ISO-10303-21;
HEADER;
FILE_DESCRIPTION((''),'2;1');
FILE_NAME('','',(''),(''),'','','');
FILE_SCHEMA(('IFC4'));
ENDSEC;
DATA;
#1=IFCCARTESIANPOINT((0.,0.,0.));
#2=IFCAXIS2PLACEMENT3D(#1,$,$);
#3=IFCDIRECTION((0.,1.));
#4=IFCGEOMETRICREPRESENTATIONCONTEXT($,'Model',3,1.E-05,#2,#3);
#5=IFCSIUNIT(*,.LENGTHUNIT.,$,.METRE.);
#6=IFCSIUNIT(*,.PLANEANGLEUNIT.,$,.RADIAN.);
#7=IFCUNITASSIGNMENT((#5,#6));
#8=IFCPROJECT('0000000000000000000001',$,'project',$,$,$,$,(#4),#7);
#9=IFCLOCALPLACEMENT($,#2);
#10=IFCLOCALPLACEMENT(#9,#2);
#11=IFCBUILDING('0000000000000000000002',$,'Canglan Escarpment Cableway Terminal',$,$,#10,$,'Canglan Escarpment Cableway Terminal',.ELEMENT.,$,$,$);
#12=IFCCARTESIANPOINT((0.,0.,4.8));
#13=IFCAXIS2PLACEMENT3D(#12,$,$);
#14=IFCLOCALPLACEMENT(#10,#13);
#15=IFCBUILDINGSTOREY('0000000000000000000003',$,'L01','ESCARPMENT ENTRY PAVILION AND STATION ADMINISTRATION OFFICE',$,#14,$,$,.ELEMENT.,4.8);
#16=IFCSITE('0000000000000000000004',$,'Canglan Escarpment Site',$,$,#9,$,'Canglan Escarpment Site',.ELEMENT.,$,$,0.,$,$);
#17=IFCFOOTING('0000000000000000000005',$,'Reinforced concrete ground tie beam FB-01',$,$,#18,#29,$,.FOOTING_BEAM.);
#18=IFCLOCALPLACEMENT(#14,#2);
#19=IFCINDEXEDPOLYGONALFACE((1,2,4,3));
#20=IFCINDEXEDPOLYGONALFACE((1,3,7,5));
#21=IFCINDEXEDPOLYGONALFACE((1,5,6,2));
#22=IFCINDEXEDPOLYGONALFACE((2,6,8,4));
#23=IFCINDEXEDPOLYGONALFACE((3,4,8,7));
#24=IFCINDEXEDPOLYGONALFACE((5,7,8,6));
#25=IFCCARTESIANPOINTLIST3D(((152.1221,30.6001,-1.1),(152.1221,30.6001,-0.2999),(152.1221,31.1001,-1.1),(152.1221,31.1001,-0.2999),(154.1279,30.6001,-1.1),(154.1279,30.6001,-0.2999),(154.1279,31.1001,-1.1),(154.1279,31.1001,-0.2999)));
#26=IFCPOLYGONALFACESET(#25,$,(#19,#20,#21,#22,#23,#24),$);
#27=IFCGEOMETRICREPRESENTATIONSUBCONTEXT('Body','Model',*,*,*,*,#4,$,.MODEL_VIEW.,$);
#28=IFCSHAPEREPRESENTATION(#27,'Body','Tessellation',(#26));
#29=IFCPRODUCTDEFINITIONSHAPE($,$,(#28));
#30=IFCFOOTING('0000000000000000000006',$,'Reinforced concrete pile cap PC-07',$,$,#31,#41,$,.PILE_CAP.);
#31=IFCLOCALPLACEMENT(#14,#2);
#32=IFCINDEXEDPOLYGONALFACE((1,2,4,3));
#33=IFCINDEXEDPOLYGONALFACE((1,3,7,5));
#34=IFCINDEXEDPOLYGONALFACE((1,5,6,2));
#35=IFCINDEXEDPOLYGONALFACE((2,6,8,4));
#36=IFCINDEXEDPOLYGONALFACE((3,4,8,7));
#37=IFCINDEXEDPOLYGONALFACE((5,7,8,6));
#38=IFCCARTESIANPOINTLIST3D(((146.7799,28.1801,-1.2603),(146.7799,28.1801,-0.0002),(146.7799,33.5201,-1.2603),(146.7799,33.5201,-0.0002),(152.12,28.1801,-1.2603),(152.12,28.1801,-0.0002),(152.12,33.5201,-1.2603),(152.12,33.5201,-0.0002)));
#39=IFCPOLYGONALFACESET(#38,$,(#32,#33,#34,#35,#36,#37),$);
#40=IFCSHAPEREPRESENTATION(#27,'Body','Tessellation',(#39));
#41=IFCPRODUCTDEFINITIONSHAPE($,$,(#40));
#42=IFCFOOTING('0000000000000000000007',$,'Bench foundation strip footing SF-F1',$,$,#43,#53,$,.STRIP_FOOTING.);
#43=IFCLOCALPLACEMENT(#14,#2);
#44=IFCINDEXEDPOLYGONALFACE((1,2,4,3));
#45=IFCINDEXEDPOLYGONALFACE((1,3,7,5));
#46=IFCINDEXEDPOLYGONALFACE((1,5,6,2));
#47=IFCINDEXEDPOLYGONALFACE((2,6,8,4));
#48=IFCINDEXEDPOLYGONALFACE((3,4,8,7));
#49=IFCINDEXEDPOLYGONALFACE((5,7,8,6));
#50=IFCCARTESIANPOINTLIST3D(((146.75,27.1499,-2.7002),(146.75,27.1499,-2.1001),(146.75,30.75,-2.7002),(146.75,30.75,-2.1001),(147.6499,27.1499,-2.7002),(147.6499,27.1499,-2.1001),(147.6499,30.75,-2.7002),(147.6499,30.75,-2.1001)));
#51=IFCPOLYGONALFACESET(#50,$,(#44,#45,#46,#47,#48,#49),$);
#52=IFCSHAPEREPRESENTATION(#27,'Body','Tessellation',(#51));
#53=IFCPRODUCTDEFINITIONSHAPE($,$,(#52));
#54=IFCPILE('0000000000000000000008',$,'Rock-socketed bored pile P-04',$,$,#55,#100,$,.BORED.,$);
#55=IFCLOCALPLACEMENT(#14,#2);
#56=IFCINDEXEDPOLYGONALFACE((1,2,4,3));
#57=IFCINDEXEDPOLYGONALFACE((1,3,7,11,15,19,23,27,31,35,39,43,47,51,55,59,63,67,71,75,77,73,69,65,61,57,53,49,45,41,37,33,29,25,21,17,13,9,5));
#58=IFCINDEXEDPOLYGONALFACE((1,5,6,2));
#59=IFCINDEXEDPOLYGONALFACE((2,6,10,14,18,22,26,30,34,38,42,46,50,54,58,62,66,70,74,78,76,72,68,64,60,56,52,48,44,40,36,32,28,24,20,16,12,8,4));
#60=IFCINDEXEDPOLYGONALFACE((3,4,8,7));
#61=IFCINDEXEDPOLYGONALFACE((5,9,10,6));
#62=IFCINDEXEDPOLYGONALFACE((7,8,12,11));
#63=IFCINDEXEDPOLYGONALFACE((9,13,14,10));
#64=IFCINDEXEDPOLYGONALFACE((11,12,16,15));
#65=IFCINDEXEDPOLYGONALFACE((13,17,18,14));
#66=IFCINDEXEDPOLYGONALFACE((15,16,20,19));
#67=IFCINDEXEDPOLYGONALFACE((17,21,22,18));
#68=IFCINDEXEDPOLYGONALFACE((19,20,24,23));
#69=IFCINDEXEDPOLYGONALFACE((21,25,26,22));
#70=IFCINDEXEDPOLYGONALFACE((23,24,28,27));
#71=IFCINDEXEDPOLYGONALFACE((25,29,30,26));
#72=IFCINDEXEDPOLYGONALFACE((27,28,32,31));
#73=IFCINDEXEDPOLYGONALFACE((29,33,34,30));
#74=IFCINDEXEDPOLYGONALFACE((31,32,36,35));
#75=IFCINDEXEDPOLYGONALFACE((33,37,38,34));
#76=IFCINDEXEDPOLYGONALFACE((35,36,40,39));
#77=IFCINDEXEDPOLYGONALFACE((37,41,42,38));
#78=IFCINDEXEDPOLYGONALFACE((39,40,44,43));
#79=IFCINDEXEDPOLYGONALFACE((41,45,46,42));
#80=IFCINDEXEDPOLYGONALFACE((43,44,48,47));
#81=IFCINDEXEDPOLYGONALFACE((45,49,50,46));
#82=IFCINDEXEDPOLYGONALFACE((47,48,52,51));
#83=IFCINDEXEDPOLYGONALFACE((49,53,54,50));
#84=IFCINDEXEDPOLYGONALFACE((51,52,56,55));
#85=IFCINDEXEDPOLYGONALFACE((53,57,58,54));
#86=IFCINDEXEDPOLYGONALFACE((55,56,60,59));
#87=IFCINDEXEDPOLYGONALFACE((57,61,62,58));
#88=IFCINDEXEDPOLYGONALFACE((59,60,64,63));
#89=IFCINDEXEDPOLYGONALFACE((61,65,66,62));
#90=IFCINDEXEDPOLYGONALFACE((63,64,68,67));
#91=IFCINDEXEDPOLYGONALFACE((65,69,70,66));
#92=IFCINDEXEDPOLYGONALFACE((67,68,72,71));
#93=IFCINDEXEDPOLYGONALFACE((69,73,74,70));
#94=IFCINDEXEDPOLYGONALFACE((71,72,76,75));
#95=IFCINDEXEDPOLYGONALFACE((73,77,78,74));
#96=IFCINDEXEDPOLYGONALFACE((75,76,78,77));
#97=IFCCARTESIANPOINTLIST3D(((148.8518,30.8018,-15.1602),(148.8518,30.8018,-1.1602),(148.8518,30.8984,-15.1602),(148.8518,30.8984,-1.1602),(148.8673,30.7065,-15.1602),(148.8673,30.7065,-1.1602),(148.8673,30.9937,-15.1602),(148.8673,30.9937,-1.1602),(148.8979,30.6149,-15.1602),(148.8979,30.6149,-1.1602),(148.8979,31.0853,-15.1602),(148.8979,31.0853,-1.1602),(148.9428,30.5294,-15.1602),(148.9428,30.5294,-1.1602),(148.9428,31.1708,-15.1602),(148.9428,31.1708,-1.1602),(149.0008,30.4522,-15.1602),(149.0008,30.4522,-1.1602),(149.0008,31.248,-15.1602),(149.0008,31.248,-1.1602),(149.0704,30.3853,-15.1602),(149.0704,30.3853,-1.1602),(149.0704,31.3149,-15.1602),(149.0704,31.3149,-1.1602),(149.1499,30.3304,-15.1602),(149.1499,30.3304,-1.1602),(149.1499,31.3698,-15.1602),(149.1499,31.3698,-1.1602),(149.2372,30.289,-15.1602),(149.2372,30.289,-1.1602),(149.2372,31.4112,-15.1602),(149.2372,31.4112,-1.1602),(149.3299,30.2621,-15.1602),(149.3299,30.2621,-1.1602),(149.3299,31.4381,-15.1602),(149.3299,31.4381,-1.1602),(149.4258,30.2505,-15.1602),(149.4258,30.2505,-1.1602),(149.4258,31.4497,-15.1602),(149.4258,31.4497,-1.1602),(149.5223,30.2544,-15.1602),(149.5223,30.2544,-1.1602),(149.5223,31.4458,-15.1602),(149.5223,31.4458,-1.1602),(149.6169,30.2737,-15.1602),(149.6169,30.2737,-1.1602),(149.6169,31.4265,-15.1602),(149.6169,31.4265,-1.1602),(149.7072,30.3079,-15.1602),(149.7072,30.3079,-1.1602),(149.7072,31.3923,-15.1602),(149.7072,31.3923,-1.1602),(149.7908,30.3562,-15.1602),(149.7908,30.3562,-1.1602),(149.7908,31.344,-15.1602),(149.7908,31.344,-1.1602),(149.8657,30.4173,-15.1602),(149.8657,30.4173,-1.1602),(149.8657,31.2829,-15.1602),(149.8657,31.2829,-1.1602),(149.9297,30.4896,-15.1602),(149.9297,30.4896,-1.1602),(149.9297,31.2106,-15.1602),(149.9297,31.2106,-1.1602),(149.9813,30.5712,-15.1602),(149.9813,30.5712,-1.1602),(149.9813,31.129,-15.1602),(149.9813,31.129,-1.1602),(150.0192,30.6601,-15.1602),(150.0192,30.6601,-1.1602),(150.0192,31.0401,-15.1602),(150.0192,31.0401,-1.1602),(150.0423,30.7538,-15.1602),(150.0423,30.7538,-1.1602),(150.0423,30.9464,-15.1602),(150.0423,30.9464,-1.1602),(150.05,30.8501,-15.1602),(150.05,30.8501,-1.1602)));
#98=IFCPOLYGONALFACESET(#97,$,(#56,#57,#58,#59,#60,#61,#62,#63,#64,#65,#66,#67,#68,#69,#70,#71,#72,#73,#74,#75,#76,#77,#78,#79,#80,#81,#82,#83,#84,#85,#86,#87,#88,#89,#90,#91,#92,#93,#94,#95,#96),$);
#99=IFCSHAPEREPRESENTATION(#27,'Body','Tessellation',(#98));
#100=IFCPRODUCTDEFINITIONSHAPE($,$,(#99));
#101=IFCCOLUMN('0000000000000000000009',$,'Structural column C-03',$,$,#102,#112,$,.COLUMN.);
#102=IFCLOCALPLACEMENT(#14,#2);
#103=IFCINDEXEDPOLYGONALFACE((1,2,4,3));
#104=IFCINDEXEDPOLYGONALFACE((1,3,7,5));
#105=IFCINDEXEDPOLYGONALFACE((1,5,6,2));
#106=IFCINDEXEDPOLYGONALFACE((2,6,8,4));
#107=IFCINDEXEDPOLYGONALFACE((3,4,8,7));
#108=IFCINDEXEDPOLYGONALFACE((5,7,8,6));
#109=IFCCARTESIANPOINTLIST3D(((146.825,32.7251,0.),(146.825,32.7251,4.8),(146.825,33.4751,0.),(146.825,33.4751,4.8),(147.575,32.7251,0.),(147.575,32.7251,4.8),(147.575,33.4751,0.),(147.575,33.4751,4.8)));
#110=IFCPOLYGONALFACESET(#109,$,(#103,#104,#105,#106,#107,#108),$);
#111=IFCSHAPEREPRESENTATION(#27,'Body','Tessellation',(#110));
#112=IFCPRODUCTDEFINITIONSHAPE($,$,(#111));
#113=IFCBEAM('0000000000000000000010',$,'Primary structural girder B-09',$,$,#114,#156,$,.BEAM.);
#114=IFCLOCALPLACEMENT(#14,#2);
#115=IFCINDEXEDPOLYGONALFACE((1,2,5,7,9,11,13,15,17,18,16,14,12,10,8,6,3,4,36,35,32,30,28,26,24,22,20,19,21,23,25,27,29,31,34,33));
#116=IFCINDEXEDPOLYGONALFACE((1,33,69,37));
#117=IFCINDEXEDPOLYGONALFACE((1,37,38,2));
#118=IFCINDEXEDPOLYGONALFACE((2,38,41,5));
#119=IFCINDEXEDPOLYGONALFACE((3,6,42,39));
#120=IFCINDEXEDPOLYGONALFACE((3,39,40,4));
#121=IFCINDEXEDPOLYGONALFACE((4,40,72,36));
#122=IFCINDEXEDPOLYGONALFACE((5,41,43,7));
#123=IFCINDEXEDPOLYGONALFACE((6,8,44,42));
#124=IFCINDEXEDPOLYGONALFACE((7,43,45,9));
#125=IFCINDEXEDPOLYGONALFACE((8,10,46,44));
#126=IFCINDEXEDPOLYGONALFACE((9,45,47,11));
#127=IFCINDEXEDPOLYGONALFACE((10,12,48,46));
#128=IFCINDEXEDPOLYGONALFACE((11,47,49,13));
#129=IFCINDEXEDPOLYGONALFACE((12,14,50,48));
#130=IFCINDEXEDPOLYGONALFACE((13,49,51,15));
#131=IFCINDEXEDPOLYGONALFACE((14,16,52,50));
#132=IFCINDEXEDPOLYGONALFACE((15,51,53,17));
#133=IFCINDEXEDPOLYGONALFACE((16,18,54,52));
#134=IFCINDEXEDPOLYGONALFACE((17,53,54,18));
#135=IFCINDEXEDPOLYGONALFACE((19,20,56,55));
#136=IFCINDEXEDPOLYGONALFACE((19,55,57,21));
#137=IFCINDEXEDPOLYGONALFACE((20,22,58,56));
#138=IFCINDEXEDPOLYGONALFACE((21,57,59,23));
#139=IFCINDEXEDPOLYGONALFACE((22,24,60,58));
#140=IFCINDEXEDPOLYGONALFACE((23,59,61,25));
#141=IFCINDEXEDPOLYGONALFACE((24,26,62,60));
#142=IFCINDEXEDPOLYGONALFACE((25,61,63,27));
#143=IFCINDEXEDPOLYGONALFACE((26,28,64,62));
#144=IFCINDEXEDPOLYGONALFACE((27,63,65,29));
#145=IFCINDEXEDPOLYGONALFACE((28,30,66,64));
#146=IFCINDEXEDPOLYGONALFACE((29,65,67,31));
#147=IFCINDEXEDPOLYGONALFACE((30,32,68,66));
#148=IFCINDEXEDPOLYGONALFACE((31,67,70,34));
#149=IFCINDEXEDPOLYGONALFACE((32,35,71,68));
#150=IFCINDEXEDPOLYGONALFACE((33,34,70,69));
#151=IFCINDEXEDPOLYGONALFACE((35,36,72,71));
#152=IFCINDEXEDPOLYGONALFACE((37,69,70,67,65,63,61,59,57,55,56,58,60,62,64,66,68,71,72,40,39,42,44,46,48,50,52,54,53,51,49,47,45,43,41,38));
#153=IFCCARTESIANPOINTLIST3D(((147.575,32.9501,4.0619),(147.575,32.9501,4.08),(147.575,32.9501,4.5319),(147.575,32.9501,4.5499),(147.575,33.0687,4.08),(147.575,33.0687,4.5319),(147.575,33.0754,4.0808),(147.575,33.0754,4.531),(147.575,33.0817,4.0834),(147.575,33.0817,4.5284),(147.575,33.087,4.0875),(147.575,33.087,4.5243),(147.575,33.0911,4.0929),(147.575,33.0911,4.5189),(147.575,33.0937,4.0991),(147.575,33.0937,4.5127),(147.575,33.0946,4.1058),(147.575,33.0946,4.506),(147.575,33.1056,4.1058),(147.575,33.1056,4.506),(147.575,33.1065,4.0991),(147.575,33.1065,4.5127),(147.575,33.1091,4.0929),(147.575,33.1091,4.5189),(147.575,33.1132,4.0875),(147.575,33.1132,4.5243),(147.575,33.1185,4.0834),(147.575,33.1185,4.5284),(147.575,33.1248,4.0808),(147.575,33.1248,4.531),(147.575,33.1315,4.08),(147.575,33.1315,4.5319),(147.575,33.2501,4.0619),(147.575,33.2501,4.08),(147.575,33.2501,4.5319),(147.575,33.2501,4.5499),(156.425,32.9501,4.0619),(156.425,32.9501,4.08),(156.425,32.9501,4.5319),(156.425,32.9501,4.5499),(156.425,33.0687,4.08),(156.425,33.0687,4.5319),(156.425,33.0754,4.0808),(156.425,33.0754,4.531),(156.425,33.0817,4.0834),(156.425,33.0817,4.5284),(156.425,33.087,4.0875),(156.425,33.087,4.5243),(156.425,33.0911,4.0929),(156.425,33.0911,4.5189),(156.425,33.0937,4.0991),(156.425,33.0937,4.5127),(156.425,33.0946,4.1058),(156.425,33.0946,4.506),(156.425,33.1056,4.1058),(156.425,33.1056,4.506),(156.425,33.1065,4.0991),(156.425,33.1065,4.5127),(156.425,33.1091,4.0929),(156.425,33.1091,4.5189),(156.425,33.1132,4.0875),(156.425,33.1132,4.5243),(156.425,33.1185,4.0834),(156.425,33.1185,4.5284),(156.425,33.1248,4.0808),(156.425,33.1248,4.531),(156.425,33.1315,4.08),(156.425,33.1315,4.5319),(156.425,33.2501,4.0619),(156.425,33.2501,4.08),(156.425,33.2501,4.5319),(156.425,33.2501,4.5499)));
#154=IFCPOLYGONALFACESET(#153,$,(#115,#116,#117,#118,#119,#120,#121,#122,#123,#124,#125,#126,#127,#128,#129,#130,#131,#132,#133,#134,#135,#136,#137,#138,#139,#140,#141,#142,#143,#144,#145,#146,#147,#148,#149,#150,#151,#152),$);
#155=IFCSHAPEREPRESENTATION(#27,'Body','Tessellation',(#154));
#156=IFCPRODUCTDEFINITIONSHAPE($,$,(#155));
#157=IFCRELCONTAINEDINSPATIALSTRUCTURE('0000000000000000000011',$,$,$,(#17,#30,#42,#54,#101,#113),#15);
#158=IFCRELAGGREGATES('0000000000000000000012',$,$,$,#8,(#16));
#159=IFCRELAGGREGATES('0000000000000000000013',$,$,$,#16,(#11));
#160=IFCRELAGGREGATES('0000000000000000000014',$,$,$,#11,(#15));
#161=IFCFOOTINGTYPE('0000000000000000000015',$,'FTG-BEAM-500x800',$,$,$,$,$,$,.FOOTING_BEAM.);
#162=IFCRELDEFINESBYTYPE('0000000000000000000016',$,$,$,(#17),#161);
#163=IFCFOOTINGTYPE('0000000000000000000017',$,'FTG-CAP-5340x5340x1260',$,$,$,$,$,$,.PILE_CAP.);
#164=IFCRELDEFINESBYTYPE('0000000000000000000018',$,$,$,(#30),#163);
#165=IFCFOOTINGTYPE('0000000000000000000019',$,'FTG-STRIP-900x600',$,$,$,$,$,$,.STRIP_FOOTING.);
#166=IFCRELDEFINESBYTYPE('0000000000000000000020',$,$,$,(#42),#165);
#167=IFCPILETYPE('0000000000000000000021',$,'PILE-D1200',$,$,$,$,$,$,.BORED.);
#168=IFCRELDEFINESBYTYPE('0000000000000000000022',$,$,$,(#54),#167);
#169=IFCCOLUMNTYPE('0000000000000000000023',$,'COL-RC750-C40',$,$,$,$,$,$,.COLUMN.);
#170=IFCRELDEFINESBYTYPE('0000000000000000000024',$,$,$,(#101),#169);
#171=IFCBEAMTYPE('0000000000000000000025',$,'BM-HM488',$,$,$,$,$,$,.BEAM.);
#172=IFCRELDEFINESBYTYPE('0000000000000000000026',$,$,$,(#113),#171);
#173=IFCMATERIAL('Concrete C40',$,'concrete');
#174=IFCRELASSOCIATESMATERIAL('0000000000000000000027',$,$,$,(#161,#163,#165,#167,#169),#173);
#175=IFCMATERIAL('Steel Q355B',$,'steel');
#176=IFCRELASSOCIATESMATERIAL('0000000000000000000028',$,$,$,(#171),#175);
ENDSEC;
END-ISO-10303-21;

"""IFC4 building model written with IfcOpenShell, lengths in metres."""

from ifc_helpers import new_model, si_unit, direction, frame, origin, origin_2d, place, context, subcontext, project, spatial, rectangle, circle, i_section, extrude, material, material_profile, profile_set, type_object, element, save


model = new_model("IFC4")

# Units and contexts
model_context = context("Model", 3, precision=1e-05, world=origin(), true_north=direction((0.0, 1.0)))
body_context = subcontext(model_context, "Body", "Model", "MODEL_VIEW")
ifc_project = project(units=[si_unit("LENGTHUNIT", "METRE"), si_unit("PLANEANGLEUNIT", "RADIAN")], contexts=[model_context])

# Site, building, storey
site_placement = place(None, origin())
site = spatial("IfcSite", under=ifc_project, at=site_placement, Name="Canglan Escarpment Site", LongName="Canglan Escarpment Site", CompositionType="ELEMENT", RefElevation=0.0)
building_placement = place(site_placement, origin())
building = spatial("IfcBuilding", under=site, at=building_placement, Name="Canglan Escarpment Cableway Terminal", LongName="Canglan Escarpment Cableway Terminal", CompositionType="ELEMENT")
storey_placement = place(building_placement, frame((0.0, 0.0, 4.8)))
storey = spatial("IfcBuildingStorey", under=building, at=storey_placement, Name="L01", Description="ESCARPMENT ENTRY PAVILION AND STATION ADMINISTRATION OFFICE", CompositionType="ELEMENT", Elevation=4.8)

# Footings
ifc_material_1 = material(Name="Concrete C40", Category="concrete")
ifc_material_profile_1 = material_profile(ifc_material_1, rectangle(XDim=0.5, YDim=0.8, at=origin_2d()), Name="FB 500x800")
ifc_profile_set_1 = profile_set([ifc_material_profile_1], Name="Concrete C40")
footing_type_1 = type_object("IfcFootingType", Name="FTG-BEAM-500x800", PredefinedType="FOOTING_BEAM", material=ifc_profile_set_1)
footing_1_placement = place(storey_placement, frame((152.1221, 30.8501, -0.7), z_axis=(1.0, 0.0, 0.0), x_axis=(0.0, 1.0, 0.0)))
element("IfcFooting", 1, at=footing_1_placement, inside=storey, type_object=footing_type_1, Name="Reinforced concrete ground tie beam FB-01", PredefinedType="FOOTING_BEAM", context=body_context, shape_type="SweptSolid", body=[
    extrude(rectangle(XDim=0.5, YDim=0.8, at=origin_2d()), origin(), (0.0, 0.0, 1.0), 2.0059),
])
footing_type_2 = type_object("IfcFootingType", Name="FTG-CAP-5340x5340x1260", PredefinedType="PILE_CAP", material=ifc_material_1)
footing_2_placement = place(storey_placement, frame((149.45, 30.8501, -1.2603), z_axis=(0.0, 0.0, 1.0), x_axis=(1.0, 0.0, 0.0)))
element("IfcFooting", 2, at=footing_2_placement, inside=storey, type_object=footing_type_2, Name="Reinforced concrete pile cap PC-07", PredefinedType="PILE_CAP", context=body_context, shape_type="SweptSolid", body=[
    extrude(rectangle(XDim=5.3401, YDim=5.3401, at=origin_2d()), origin(), (0.0, 0.0, 1.0), 1.26),
])
ifc_material_profile_2 = material_profile(ifc_material_1, rectangle(XDim=0.8999, YDim=0.6001, at=origin_2d()), Name="SF 900x600")
ifc_profile_set_2 = profile_set([ifc_material_profile_2], Name="Concrete C40")
footing_type_3 = type_object("IfcFootingType", Name="FTG-STRIP-900x600", PredefinedType="STRIP_FOOTING", material=ifc_profile_set_2)
footing_3_placement = place(storey_placement, frame((147.2, 27.1499, -2.4001), z_axis=(0.0, 1.0, 0.0), x_axis=(-1.0, 0.0, 0.0)))
element("IfcFooting", 3, at=footing_3_placement, inside=storey, type_object=footing_type_3, Name="Bench foundation strip footing SF-F1", PredefinedType="STRIP_FOOTING", context=body_context, shape_type="SweptSolid", body=[
    extrude(rectangle(XDim=0.8999, YDim=0.6001, at=origin_2d()), origin(), (0.0, 0.0, 1.0), 3.6001),
])

# Pile
ifc_material_profile_3 = material_profile(ifc_material_1, circle(Radius=0.6001, at=origin_2d()), Name="BORED PILE D1200")
ifc_profile_set_3 = profile_set([ifc_material_profile_3], Name="Concrete C40")
pile_type = type_object("IfcPileType", Name="PILE-D1200", PredefinedType="BORED", material=ifc_profile_set_3)
pile_placement = place(storey_placement, frame((149.45, 30.8501, -1.1602), z_axis=(0.0, 0.0, -1.0), x_axis=(1.0, 0.0, 0.0)))
element("IfcPile", 4, at=pile_placement, inside=storey, type_object=pile_type, Name="Rock-socketed bored pile P-04", PredefinedType="BORED", context=body_context, shape_type="SweptSolid", body=[
    extrude(circle(Radius=0.6001, at=origin_2d()), origin(), (0.0, 0.0, 1.0), 14.0),
])

# Column
ifc_material_profile_4 = material_profile(ifc_material_1, rectangle(XDim=0.75, YDim=0.75, at=origin_2d()), Name="RC 750x750")
ifc_profile_set_4 = profile_set([ifc_material_profile_4], Name="Concrete C40")
column_type = type_object("IfcColumnType", Name="COL-RC750-C40", PredefinedType="COLUMN", material=ifc_profile_set_4)
column_placement = place(storey_placement, frame((147.2, 33.1001, 0.0), z_axis=(0.0, 0.0, 1.0), x_axis=(1.0, 0.0, 0.0)))
element("IfcColumn", 5, at=column_placement, inside=storey, type_object=column_type, Name="Structural column C-03", PredefinedType="COLUMN", context=body_context, shape_type="SweptSolid", body=[
    extrude(rectangle(XDim=0.75, YDim=0.75, at=origin_2d()), origin(), (0.0, 0.0, 1.0), 4.8),
])

# Beam
ifc_material_2 = material(Name="Steel Q355B", Category="steel")
ifc_material_profile_5 = material_profile(ifc_material_2, i_section(OverallWidth=0.3, OverallDepth=0.488, WebThickness=0.011, FlangeThickness=0.0181, FilletRadius=0.0259, at=origin_2d()), Name="HM 488x300x11x18")
ifc_profile_set_5 = profile_set([ifc_material_profile_5], Name="Steel Q355B")
beam_type_1 = type_object("IfcBeamType", Name="BM-HM488", PredefinedType="BEAM", material=ifc_profile_set_5)
beam_placement = place(storey_placement, frame((147.575, 33.1001, 4.3059), z_axis=(1.0, 0.0, 0.0), x_axis=(0.0, 1.0, 0.0)))
element("IfcBeam", 6, at=beam_placement, inside=storey, type_object=beam_type_1, Name="Primary structural girder B-09", PredefinedType="BEAM", context=body_context, shape_type="SweptSolid", body=[
    extrude(i_section(OverallWidth=0.3, OverallDepth=0.488, WebThickness=0.011, FlangeThickness=0.0181, FilletRadius=0.0259, at=origin_2d()), origin(), (0.0, 0.0, 1.0), 8.8501),
])

save(model, "model.ifc")
